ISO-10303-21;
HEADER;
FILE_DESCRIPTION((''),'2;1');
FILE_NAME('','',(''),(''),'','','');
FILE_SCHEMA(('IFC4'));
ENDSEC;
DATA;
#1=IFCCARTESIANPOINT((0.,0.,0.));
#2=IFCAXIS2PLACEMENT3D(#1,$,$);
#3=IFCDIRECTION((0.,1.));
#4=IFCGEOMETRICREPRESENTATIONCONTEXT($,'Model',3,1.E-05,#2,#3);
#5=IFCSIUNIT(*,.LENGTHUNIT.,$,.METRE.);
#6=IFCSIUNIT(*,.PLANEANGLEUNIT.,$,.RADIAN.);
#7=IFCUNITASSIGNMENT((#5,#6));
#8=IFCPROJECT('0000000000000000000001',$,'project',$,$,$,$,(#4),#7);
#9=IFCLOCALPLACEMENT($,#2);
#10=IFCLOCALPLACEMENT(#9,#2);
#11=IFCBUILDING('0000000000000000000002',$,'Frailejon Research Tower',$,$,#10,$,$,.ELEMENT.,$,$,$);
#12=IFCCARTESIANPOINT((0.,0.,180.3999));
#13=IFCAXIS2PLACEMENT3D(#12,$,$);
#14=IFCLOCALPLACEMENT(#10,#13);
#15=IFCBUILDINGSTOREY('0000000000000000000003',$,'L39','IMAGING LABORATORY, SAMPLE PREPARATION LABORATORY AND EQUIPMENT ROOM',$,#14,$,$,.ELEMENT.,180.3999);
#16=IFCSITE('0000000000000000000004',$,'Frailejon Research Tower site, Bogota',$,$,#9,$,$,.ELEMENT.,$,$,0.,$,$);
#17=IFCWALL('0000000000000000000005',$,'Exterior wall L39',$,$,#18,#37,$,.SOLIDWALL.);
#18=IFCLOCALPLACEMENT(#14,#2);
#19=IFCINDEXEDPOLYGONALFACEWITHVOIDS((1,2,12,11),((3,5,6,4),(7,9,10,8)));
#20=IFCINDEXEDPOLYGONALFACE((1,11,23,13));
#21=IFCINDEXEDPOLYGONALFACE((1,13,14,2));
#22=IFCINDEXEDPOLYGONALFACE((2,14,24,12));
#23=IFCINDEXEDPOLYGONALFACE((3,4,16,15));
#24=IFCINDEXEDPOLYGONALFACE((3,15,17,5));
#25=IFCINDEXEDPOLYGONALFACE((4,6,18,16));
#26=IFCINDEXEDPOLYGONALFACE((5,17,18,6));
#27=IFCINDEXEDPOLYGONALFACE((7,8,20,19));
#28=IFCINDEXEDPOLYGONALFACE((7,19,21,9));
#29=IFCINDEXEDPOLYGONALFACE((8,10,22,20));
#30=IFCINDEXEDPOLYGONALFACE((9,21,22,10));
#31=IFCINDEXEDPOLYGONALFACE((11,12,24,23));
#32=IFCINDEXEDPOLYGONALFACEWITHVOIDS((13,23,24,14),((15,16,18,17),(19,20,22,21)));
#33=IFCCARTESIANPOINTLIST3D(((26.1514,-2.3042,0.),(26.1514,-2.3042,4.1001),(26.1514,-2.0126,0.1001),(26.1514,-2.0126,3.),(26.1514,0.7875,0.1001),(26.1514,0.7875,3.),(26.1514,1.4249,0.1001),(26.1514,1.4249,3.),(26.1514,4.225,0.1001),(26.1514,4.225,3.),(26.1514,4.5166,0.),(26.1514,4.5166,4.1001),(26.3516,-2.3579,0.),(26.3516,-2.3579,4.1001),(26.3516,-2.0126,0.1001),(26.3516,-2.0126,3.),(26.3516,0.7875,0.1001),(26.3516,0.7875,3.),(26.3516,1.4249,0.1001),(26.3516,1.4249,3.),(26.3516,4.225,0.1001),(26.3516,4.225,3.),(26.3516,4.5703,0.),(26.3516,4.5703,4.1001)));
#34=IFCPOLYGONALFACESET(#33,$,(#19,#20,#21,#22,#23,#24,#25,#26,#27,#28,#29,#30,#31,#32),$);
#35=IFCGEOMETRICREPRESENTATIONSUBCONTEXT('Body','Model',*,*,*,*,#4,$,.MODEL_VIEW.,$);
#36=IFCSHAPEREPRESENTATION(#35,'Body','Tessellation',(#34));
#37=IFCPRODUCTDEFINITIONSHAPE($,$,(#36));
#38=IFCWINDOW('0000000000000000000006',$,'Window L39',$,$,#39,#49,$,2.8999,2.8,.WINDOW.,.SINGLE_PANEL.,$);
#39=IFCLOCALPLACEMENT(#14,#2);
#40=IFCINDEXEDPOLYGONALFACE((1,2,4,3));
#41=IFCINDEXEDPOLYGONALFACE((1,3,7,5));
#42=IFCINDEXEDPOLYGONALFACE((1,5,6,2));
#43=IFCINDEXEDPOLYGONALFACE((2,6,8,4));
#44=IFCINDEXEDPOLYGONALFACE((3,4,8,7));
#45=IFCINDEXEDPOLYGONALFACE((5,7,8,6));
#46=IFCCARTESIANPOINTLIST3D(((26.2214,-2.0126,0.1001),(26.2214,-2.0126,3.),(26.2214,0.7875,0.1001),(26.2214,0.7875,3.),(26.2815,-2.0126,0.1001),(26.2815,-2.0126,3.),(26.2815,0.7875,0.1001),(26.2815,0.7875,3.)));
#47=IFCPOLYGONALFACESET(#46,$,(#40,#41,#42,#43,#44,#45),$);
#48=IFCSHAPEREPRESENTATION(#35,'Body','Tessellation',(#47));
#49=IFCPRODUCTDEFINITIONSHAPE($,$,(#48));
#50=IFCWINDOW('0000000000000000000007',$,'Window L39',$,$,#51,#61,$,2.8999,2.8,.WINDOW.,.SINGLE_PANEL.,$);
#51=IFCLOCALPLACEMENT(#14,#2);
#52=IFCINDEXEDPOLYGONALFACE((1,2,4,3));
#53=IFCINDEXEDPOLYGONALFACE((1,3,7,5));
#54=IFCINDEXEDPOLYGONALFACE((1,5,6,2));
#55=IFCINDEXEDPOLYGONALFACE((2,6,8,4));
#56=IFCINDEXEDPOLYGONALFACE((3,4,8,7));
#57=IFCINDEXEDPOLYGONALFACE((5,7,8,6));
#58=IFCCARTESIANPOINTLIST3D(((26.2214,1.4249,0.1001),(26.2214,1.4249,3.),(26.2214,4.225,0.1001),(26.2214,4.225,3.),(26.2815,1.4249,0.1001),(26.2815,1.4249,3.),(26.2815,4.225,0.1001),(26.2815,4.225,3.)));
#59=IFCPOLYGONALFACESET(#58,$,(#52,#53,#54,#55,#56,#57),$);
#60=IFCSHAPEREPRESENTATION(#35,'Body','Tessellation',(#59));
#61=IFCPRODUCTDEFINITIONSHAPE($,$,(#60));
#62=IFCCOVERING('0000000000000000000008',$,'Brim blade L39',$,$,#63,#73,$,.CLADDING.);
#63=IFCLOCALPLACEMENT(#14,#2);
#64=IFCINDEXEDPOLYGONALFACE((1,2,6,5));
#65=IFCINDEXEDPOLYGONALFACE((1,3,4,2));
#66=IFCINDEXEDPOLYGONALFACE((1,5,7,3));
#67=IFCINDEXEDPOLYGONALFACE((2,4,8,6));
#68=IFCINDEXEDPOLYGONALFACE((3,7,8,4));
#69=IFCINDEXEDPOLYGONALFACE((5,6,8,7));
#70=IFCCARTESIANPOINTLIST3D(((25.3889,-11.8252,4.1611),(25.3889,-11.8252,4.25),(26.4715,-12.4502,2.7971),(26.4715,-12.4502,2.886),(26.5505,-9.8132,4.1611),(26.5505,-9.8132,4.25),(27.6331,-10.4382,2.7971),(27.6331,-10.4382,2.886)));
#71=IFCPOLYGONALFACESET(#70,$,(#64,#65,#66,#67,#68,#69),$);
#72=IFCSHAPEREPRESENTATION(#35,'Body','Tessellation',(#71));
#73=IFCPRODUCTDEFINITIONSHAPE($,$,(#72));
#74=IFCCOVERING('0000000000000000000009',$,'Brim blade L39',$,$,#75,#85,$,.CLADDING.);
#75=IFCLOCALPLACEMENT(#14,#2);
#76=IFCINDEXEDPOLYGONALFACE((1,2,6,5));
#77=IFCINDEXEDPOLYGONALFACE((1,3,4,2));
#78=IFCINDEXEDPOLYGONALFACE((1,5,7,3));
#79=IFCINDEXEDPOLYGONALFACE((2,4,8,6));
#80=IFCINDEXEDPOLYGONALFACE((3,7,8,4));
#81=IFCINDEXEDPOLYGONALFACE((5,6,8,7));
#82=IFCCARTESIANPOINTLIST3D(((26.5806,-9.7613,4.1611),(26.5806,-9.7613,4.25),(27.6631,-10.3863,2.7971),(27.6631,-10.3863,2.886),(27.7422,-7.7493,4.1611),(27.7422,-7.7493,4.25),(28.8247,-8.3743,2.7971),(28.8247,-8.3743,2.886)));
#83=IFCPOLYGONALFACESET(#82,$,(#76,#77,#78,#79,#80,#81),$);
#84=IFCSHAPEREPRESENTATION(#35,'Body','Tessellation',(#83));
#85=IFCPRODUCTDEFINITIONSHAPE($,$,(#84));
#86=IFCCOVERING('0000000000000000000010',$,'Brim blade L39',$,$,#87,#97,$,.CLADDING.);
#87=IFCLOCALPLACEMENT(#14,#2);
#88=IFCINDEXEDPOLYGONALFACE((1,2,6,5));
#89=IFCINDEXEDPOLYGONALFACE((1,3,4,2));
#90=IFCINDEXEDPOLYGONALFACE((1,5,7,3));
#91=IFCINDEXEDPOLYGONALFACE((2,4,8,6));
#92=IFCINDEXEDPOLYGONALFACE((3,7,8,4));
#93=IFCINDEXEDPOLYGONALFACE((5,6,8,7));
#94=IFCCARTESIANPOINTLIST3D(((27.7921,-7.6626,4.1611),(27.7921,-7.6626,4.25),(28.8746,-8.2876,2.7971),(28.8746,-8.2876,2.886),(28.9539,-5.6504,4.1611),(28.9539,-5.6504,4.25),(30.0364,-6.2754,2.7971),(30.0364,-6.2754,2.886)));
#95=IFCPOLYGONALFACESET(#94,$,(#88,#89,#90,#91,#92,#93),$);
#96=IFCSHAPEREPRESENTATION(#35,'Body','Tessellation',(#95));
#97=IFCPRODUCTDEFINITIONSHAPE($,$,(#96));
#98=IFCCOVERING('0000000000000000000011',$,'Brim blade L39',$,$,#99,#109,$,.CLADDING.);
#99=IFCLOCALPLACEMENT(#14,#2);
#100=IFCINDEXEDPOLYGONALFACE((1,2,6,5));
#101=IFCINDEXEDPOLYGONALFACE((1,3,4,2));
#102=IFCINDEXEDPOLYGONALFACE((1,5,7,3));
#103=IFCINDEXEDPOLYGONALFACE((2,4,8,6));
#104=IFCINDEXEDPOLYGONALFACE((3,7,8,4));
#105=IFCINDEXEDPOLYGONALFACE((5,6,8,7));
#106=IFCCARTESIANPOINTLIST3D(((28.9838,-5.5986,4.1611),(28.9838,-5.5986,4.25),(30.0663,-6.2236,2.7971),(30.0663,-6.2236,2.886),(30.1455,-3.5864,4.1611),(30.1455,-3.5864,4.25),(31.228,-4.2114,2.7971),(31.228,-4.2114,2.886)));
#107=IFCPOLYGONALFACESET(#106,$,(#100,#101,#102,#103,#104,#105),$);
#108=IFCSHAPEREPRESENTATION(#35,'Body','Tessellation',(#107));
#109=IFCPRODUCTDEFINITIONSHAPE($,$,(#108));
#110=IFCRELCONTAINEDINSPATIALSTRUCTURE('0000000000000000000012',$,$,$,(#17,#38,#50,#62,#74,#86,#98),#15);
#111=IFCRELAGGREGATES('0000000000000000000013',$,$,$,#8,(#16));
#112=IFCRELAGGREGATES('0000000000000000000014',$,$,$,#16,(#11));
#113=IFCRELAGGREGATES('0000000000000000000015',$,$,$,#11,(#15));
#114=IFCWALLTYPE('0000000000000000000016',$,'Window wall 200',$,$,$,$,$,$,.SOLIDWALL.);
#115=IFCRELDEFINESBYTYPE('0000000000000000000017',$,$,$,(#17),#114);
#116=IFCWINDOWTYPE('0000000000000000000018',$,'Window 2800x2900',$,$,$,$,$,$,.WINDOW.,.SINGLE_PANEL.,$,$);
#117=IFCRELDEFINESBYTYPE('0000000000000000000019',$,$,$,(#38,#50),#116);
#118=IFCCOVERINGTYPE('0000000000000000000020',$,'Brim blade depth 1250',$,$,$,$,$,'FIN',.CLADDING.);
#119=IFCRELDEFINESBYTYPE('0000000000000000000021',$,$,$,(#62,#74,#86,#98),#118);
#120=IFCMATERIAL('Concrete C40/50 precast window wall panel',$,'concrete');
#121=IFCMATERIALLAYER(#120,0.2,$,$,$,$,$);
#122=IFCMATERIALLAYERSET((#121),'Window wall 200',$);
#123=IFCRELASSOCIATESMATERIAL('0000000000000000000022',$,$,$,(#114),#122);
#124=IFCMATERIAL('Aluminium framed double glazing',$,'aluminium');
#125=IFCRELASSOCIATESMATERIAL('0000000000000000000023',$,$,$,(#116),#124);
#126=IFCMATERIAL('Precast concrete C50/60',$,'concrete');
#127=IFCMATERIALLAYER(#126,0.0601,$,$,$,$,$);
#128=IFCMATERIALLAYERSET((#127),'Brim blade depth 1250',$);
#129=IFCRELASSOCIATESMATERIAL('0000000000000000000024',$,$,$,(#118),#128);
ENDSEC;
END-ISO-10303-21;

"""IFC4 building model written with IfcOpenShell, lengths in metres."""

from ifc_helpers import new_model, si_unit, direction, frame, frame_2d, origin, place, context, subcontext, project, spatial, polyline, rectangle, outline, extrude, material, layer, layer_set, type_object, element, fill, save


model = new_model("IFC4")

# Units and contexts
model_context = context("Model", 3, precision=1e-05, world=origin(), true_north=direction((0.0, 1.0)))
body_context = subcontext(model_context, "Body", "Model", "MODEL_VIEW")
ifc_project = project(units=[si_unit("LENGTHUNIT", "METRE"), si_unit("PLANEANGLEUNIT", "RADIAN")], contexts=[model_context])

# Site, building, storey
site_placement = place(None, origin())
site = spatial("IfcSite", under=ifc_project, at=site_placement, Name="Frailejon Research Tower site, Bogota", CompositionType="ELEMENT", RefElevation=0.0)
building_placement = place(site_placement, origin())
building = spatial("IfcBuilding", under=site, at=building_placement, Name="Frailejon Research Tower", CompositionType="ELEMENT")
storey_placement = place(building_placement, frame((0.0, 0.0, 180.3999)))
storey = spatial("IfcBuildingStorey", under=building, at=storey_placement, Name="L39", Description="IMAGING LABORATORY, SAMPLE PREPARATION LABORATORY AND EQUIPMENT ROOM", CompositionType="ELEMENT", Elevation=180.3999)

# Wall, openings, windows
ifc_material_1 = material(Name="Concrete C40/50 precast window wall panel", Category="concrete")
ifc_layer_1 = layer(ifc_material_1, 0.2)
ifc_layer_set_1 = layer_set([ifc_layer_1], Name="Window wall 200")
wall_type_1 = type_object("IfcWallType", Name="Window wall 200", PredefinedType="SOLIDWALL", material=ifc_layer_set_1)
wall_1_placement = place(storey_placement, frame((26.2515, -2.3311, 0.0), z_axis=(0.0, 0.0, 1.0), x_axis=(0.0, 1.0, 0.0)))
wall_1 = element("IfcWall", 1, at=wall_1_placement, inside=storey, type_object=wall_type_1, Name="Exterior wall L39", PredefinedType="SOLIDWALL", context=body_context, shape_type="SweptSolid", body=[
    extrude(outline(polyline([(-0.0269, -0.1001), (1.1279, -0.1001), (2.2825, -0.1001), (3.4373, -0.1001), (4.592, -0.1001), (5.7466, -0.1001), (6.9014, -0.1001), (6.8477, 0.1001), (5.7109, 0.1001), (4.574, 0.1001), (3.4373, 0.1001), (2.3005, 0.1001), (1.1636, 0.1001), (0.0269, 0.1001), (-0.0269, -0.1001)])), origin(), (0.0, 0.0, 1.0), 4.1001),
])
opening_1_placement = place(wall_1_placement, frame((0.3186, 0.0, 0.1001)))
opening_1 = element("IfcOpeningElement", 2, at=opening_1_placement, cuts=wall_1, PredefinedType="OPENING", context=body_context, shape_type="SweptSolid", body=[
    extrude(rectangle(XDim=2.8, YDim=2.8999, at=frame_2d((1.3999, 1.45))), frame((0.0, 0.1099, 0.0), z_axis=(0.0, -1.0, 0.0), x_axis=(1.0, 0.0, 0.0)), (0.0, 0.0, 1.0), 0.22),
])
opening_2_placement = place(wall_1_placement, frame((3.7561, 0.0, 0.1001)))
opening_2 = element("IfcOpeningElement", 3, at=opening_2_placement, cuts=wall_1, PredefinedType="OPENING", context=body_context, shape_type="SweptSolid", body=[
    extrude(rectangle(XDim=2.8, YDim=2.8999, at=frame_2d((1.3999, 1.45))), frame((0.0, 0.1099, 0.0), z_axis=(0.0, -1.0, 0.0), x_axis=(1.0, 0.0, 0.0)), (0.0, 0.0, 1.0), 0.22),
])
ifc_material_2 = material(Name="Aluminium framed double glazing", Category="aluminium")
window_type = type_object("IfcWindowType", Name="Window 2800x2900", PartitioningType="SINGLE_PANEL", PredefinedType="WINDOW", material=ifc_material_2)
window_1_placement = place(opening_1_placement, origin())
window_1 = element("IfcWindow", 4, at=window_1_placement, inside=storey, type_object=window_type, Name="Window L39", OverallHeight=2.8999, OverallWidth=2.8, PartitioningType="SINGLE_PANEL", PredefinedType="WINDOW", context=body_context, shape_type="SweptSolid", body=[
    extrude(rectangle(XDim=2.8, YDim=2.8999, at=frame_2d((1.3999, 1.45))), frame((0.0, 0.03, 0.0), z_axis=(0.0, -1.0, 0.0), x_axis=(1.0, 0.0, 0.0)), (0.0, 0.0, 1.0), 0.0601),
])
fill(opening_1, window_1)
window_2_placement = place(opening_2_placement, origin())
window_2 = element("IfcWindow", 5, at=window_2_placement, inside=storey, type_object=window_type, Name="Window L39", OverallHeight=2.8999, OverallWidth=2.8, PartitioningType="SINGLE_PANEL", PredefinedType="WINDOW", context=body_context, shape_type="SweptSolid", body=[
    extrude(rectangle(XDim=2.8, YDim=2.8999, at=frame_2d((1.3999, 1.45))), frame((0.0, 0.03, 0.0), z_axis=(0.0, -1.0, 0.0), x_axis=(1.0, 0.0, 0.0)), (0.0, 0.0, 1.0), 0.0601),
])
fill(opening_2, window_2)

# Coverings
ifc_material_3 = material(Name="Precast concrete C50/60", Category="concrete")
ifc_layer_2 = layer(ifc_material_3, 0.0601)
ifc_layer_set_2 = layer_set([ifc_layer_2], Name="Brim blade depth 1250")
covering_type = type_object("IfcCoveringType", Name="Brim blade depth 1250", ElementType="FIN", PredefinedType="CLADDING", material=ifc_layer_set_2)
for number, where, z_axis, x_axis, name in (
    (6, (26.5505, -9.8132, 4.25), (-0.499994, -0.866029, 0.0), (0.866029, -0.499994, 0.0), "Brim blade L39"),
    (7, (27.7422, -7.7493, 4.25), (-0.499994, -0.866029, 0.0), (0.866029, -0.499994, 0.0), "Brim blade L39"),
):
    element("IfcCovering", number, at=place(storey_placement, frame(where, z_axis=z_axis, x_axis=x_axis)), inside=storey, type_object=covering_type, Name=name, PredefinedType="CLADDING", context=body_context, shape_type="SweptSolid", body=[
        extrude(outline(polyline([(0.0, -0.0889), (1.25, -1.4529), (1.25, -1.364), (0.0, 0.0), (0.0, -0.0889)])), origin(), (0.0, 0.0, 1.0), 2.3232),
    ])
for number, where, z_axis, x_axis, name in (
    (8, (28.9539, -5.6504, 4.25), (-0.500001, -0.866025, 0.0), (0.866025, -0.500001, 0.0), "Brim blade L39"),
    (9, (30.1455, -3.5864, 4.25), (-0.500001, -0.866025, 0.0), (0.866025, -0.500001, 0.0), "Brim blade L39"),
):
    element("IfcCovering", number, at=place(storey_placement, frame(where, z_axis=z_axis, x_axis=x_axis)), inside=storey, type_object=covering_type, Name=name, PredefinedType="CLADDING", context=body_context, shape_type="SweptSolid", body=[
        extrude(outline(polyline([(0.0, -0.0889), (1.25, -1.4529), (1.25, -1.364), (0.0, 0.0), (0.0, -0.0889)])), origin(), (0.0, 0.0, 1.0), 2.3235),
    ])

save(model, "model.ifc")
